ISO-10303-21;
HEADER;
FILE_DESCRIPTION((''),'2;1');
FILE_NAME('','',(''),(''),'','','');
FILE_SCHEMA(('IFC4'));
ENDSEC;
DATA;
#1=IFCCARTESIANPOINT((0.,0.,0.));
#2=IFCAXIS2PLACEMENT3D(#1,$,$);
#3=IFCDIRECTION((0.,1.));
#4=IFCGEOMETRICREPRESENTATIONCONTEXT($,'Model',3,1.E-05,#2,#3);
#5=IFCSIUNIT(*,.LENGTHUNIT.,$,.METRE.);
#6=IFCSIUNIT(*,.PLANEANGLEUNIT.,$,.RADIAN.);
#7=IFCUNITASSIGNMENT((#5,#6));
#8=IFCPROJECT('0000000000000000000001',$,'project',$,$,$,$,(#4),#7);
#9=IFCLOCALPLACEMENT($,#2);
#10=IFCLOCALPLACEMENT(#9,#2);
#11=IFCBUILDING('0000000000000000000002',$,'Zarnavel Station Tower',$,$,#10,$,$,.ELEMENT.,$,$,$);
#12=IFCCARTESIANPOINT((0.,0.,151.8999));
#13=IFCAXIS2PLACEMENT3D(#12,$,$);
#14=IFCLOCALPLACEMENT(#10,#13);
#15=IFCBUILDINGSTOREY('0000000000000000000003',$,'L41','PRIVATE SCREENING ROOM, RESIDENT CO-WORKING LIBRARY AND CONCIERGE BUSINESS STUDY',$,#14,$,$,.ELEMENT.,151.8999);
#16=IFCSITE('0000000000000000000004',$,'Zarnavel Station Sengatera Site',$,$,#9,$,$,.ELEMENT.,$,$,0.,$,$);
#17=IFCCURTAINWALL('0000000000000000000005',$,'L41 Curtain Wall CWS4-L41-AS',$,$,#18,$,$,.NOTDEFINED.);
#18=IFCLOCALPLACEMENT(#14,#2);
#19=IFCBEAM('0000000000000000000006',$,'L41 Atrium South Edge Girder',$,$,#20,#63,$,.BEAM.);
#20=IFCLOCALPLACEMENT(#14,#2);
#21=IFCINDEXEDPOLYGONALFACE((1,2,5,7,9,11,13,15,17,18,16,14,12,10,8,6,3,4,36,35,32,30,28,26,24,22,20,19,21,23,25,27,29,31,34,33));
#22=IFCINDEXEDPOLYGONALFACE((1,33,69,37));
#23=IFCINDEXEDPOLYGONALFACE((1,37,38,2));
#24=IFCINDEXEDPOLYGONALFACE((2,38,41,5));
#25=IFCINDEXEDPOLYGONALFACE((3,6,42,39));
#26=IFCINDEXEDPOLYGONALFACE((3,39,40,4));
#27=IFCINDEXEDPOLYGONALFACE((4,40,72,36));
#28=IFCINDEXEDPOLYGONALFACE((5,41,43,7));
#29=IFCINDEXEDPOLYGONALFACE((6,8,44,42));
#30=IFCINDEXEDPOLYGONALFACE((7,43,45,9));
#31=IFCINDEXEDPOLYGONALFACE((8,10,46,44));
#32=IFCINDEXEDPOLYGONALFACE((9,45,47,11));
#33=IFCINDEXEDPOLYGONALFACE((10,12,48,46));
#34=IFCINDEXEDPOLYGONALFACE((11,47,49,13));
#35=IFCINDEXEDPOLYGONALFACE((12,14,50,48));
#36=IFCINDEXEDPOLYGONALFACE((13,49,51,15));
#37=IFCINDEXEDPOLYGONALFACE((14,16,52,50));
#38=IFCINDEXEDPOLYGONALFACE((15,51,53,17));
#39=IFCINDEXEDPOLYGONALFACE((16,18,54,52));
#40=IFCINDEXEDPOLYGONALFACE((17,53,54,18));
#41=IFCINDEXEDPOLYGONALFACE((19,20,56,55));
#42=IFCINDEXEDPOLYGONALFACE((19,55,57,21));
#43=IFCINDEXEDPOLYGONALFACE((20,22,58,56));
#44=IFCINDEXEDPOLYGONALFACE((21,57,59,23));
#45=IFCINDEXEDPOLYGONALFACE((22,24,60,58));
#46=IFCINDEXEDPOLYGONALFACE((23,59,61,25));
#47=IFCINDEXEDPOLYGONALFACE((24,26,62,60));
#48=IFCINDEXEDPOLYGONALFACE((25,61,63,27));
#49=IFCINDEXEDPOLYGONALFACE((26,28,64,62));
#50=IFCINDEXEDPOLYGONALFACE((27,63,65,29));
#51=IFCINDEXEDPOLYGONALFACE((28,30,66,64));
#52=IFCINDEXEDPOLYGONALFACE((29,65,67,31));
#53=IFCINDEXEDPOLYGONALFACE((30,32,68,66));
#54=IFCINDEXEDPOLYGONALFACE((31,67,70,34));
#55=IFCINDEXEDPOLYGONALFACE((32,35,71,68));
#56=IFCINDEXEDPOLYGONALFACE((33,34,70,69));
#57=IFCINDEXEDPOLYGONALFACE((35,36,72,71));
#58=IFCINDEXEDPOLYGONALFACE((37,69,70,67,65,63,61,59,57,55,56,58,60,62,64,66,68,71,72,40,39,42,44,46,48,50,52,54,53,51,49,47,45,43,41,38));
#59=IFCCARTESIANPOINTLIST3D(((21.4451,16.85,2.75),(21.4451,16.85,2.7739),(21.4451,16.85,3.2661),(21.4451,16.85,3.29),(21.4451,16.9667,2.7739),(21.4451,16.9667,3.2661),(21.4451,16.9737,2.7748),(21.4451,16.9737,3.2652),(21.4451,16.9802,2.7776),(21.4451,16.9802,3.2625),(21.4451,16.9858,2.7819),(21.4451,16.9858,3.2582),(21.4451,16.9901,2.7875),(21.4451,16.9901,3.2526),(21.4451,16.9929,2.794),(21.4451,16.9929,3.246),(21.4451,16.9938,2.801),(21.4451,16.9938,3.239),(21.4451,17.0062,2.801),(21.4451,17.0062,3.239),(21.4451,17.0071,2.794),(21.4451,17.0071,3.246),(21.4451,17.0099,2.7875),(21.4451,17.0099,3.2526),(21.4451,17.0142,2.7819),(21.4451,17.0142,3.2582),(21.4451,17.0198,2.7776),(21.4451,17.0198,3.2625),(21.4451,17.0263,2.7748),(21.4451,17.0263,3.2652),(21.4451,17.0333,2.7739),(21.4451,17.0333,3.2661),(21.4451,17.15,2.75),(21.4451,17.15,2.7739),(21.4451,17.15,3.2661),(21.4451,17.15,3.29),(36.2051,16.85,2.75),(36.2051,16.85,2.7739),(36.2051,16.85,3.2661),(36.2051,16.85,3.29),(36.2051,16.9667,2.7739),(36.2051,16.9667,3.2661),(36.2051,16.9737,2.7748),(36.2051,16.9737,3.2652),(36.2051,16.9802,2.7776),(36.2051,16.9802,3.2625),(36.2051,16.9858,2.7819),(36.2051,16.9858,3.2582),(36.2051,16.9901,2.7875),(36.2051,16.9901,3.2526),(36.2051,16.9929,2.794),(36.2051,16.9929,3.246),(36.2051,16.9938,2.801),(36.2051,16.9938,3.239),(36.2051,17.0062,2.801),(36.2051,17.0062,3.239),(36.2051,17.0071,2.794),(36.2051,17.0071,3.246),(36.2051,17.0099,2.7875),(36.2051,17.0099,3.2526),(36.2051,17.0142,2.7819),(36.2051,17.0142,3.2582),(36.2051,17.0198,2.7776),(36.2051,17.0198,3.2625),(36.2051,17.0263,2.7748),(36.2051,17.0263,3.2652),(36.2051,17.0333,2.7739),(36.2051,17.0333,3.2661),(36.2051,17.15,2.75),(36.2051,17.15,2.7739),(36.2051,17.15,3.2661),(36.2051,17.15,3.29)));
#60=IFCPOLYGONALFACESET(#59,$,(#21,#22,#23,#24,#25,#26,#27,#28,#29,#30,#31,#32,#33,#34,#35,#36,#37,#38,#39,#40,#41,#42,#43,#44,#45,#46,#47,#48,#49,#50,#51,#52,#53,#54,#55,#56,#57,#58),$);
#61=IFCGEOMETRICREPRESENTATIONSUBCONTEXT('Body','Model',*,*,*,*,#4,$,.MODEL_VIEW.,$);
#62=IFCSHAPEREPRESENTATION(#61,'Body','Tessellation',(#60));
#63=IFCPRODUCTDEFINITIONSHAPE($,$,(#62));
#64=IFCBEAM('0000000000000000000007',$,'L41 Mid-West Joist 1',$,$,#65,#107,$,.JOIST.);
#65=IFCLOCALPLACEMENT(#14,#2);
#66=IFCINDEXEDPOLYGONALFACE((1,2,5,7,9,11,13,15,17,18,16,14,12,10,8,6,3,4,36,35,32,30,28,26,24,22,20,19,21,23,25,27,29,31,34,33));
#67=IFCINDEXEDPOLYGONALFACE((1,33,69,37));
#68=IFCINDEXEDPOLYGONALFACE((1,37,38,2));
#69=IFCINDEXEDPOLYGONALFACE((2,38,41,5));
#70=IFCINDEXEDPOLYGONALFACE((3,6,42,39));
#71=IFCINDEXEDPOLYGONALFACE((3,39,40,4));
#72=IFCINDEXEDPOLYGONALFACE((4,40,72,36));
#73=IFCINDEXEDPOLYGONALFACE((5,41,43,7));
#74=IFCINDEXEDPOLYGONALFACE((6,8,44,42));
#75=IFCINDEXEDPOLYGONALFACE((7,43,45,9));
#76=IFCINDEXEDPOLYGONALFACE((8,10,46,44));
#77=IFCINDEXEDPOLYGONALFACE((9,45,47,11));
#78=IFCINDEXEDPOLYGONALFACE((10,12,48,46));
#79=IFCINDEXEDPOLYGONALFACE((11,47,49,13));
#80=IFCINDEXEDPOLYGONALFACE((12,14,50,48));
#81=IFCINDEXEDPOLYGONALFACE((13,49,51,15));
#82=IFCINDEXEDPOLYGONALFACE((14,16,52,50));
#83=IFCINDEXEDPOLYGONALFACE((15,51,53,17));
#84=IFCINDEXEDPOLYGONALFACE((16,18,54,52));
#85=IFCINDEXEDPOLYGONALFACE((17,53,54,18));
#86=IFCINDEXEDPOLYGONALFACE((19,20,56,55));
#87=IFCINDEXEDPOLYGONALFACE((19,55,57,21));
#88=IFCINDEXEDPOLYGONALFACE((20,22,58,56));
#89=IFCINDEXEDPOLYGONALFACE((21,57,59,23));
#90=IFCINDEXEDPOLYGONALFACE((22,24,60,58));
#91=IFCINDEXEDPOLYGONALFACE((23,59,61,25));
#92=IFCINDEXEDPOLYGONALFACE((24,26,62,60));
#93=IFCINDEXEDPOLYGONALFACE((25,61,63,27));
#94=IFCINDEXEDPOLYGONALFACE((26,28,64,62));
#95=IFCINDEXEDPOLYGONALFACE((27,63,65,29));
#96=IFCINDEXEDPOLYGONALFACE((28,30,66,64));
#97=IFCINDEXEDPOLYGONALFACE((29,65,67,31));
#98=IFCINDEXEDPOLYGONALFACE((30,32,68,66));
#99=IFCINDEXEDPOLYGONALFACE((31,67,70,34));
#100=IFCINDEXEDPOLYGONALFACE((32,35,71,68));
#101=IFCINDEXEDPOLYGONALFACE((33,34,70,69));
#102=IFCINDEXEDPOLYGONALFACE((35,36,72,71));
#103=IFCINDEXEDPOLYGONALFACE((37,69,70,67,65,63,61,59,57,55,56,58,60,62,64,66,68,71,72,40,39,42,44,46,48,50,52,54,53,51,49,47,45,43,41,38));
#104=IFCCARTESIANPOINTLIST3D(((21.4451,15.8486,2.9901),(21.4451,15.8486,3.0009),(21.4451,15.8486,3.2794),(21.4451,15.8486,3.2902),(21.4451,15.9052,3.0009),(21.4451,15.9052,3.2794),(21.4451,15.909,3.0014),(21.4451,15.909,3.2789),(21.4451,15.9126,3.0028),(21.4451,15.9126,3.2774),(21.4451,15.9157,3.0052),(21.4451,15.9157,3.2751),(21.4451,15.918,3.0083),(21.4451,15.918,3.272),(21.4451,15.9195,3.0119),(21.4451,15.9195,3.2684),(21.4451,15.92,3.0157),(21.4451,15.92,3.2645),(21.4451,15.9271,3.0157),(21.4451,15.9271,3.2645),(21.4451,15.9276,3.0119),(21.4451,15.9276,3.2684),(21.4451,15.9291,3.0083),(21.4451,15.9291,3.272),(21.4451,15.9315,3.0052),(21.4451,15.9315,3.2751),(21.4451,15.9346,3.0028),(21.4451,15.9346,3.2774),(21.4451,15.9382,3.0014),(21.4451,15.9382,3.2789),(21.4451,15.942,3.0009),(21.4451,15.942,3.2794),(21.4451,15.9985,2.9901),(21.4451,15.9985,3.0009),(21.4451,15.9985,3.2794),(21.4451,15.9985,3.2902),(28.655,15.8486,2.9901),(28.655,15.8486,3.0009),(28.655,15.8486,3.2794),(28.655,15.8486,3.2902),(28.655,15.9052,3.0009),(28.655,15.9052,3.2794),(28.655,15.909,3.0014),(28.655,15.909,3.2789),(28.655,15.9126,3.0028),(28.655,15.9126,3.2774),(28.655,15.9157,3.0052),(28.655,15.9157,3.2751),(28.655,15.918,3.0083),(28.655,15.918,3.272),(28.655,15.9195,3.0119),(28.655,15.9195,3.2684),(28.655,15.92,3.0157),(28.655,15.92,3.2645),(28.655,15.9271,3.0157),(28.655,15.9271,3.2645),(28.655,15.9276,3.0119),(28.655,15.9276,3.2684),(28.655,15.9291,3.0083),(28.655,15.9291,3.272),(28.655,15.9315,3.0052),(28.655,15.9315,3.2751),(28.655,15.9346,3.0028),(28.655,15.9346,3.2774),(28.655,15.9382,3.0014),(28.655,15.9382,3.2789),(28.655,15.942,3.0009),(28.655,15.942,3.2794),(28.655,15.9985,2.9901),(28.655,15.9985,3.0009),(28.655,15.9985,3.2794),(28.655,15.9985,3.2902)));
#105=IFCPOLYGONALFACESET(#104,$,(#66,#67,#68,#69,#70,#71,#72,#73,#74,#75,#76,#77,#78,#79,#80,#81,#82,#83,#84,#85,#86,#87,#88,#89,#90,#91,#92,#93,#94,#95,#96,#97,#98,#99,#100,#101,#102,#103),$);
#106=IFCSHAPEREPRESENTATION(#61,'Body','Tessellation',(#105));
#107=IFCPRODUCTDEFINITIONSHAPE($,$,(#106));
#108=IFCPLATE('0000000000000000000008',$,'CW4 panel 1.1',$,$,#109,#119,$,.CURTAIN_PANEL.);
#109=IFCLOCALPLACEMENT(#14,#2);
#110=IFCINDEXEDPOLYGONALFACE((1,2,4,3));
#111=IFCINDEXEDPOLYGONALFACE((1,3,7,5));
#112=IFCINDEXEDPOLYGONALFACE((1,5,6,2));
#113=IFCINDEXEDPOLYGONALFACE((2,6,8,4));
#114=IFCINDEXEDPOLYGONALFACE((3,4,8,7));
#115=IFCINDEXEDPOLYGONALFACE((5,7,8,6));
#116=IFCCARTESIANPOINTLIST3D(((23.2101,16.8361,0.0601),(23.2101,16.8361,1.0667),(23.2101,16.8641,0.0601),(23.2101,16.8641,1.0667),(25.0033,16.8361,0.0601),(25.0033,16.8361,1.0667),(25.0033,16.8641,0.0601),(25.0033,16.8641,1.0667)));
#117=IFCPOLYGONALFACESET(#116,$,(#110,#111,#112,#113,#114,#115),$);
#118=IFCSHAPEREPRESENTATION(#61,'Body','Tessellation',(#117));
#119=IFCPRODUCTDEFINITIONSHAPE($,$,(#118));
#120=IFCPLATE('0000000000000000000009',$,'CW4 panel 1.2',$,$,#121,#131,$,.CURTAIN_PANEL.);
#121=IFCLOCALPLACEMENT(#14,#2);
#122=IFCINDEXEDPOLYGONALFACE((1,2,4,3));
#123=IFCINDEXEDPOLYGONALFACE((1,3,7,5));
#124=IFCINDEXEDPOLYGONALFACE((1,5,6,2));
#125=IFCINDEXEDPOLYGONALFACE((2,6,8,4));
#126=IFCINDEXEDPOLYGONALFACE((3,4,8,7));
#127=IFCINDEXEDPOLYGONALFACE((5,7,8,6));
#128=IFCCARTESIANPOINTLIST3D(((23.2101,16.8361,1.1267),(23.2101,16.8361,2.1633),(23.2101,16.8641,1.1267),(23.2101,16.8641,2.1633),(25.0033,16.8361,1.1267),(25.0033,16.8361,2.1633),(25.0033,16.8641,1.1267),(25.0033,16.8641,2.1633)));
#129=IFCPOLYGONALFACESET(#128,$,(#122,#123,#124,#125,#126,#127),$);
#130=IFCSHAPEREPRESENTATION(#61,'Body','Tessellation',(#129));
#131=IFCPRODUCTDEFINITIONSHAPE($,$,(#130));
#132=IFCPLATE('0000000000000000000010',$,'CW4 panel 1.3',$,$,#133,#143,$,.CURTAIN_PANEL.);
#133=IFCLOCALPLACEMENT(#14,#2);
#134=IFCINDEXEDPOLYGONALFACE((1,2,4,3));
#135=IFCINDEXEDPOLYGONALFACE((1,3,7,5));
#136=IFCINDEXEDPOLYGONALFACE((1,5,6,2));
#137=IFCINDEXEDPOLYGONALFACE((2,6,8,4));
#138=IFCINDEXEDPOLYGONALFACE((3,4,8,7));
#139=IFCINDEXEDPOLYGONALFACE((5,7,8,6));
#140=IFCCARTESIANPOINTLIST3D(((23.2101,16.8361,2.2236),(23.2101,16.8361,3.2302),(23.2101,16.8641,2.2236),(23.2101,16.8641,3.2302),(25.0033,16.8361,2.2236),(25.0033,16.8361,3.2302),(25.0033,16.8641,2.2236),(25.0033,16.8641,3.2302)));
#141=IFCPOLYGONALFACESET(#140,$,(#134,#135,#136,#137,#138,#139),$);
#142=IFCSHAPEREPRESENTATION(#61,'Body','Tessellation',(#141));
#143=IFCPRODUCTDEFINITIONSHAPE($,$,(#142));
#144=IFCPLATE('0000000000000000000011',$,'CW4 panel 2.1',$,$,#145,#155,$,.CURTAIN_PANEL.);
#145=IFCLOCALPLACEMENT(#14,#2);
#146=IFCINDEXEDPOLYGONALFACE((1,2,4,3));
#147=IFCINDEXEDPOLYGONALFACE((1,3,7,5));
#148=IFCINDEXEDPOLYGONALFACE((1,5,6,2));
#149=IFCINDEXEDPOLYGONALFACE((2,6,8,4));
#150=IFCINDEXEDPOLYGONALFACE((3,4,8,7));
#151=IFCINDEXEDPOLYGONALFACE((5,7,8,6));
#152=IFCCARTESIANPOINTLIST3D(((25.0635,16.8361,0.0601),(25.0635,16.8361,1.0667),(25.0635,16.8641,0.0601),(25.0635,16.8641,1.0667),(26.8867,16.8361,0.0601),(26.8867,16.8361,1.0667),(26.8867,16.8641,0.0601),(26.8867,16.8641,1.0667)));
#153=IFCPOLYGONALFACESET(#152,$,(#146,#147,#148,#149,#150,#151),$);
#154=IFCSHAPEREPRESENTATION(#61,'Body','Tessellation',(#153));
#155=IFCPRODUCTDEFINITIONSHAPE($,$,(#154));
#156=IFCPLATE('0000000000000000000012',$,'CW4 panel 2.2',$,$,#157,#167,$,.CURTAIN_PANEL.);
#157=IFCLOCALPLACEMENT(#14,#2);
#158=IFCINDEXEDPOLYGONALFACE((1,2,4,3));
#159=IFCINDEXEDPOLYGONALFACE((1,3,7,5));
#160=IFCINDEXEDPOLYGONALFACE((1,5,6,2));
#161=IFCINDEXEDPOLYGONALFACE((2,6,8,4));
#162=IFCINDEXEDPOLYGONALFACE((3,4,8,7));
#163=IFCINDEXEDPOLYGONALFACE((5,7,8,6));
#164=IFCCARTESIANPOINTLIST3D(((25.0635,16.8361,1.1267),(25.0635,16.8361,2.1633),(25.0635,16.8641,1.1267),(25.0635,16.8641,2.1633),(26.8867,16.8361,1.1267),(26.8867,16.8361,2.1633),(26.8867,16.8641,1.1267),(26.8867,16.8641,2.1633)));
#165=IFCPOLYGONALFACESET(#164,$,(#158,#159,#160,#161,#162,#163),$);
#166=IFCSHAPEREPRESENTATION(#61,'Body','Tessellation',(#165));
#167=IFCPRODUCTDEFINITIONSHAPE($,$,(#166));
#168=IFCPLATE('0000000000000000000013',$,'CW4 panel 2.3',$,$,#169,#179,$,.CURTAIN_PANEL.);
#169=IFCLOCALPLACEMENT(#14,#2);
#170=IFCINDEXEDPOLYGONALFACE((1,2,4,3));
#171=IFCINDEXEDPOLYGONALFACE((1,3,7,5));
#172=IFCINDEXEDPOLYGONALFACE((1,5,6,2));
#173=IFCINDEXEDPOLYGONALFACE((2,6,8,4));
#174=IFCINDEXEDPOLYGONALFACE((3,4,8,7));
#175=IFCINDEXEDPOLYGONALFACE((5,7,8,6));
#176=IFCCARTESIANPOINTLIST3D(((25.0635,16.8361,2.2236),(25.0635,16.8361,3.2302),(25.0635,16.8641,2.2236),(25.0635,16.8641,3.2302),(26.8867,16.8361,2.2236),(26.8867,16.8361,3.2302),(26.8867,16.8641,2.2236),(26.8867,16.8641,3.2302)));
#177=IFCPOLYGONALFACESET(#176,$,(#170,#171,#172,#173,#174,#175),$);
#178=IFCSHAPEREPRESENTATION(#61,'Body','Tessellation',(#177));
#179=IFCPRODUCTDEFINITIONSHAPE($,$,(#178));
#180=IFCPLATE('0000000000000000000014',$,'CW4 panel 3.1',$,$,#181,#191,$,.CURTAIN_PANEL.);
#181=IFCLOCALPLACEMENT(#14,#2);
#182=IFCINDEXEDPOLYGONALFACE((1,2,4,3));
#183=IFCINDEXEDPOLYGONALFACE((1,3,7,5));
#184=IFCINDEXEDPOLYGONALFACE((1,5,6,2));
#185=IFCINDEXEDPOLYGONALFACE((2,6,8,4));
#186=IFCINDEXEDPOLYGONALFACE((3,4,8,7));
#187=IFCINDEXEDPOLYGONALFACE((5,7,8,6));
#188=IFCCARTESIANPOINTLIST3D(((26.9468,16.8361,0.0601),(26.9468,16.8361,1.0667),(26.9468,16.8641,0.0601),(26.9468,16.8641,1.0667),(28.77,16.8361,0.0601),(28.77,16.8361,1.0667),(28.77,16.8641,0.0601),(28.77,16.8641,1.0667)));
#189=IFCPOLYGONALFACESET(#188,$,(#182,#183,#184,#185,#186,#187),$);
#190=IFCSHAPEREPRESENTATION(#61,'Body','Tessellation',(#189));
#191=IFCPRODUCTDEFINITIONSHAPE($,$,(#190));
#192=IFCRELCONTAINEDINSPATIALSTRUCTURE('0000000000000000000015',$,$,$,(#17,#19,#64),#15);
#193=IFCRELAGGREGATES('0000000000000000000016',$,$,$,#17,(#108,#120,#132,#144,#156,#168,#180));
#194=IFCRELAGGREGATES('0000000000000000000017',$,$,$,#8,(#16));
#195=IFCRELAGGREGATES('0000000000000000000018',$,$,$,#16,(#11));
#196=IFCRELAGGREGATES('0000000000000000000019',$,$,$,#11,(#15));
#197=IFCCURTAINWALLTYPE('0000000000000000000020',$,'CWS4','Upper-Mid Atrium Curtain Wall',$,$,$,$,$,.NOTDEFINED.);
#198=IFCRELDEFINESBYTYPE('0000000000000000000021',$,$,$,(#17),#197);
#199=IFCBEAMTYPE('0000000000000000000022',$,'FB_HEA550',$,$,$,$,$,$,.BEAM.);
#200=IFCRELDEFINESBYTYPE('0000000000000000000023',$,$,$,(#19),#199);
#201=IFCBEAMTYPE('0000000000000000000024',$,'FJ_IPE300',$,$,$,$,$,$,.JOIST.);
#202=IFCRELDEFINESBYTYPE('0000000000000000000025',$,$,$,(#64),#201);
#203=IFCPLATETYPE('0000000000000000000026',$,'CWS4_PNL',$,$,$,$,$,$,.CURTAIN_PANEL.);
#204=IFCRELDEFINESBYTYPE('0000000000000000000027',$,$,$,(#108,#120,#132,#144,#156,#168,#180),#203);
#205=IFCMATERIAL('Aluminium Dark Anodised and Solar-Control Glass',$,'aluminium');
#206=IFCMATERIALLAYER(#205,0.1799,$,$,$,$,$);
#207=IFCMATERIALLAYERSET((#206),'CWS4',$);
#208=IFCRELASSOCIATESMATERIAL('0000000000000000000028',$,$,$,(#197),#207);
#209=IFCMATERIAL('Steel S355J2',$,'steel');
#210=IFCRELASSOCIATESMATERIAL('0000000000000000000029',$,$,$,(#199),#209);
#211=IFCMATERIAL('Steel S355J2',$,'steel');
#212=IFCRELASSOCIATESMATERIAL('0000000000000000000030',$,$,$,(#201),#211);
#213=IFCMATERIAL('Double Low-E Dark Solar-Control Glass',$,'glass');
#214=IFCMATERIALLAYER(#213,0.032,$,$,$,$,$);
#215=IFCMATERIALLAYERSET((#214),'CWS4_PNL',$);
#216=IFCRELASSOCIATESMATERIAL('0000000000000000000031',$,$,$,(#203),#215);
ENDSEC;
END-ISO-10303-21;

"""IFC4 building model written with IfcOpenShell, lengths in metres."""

from ifc_helpers import new_model, si_unit, direction, frame, origin, origin_2d, place, context, subcontext, project, spatial, rectangle, i_section, extrude, material, layer, layer_set, material_profile, profile_set, type_object, element, aggregate, save


model = new_model("IFC4")

# Units and contexts
model_context = context("Model", 3, precision=1e-05, world=origin(), true_north=direction((0.0, 1.0)))
body_context = subcontext(model_context, "Body", "Model", "MODEL_VIEW")
ifc_project = project(units=[si_unit("LENGTHUNIT", "METRE"), si_unit("PLANEANGLEUNIT", "RADIAN")], contexts=[model_context])

# Site, building, storey
site_placement = place(None, origin())
site = spatial("IfcSite", under=ifc_project, at=site_placement, Name="Zarnavel Station Sengatera Site", CompositionType="ELEMENT", RefElevation=0.0)
building_placement = place(site_placement, origin())
building = spatial("IfcBuilding", under=site, at=building_placement, Name="Zarnavel Station Tower", CompositionType="ELEMENT")
storey_placement = place(building_placement, frame((0.0, 0.0, 151.8999)))
storey = spatial("IfcBuildingStorey", under=building, at=storey_placement, Name="L41", Description="PRIVATE SCREENING ROOM, RESIDENT CO-WORKING LIBRARY AND CONCIERGE BUSINESS STUDY", CompositionType="ELEMENT", Elevation=151.8999)

# Curtain wall
ifc_material_1 = material(Name="Aluminium Dark Anodised and Solar-Control Glass", Category="aluminium")
ifc_layer_1 = layer(ifc_material_1, 0.1799)
ifc_layer_set_1 = layer_set([ifc_layer_1], Name="CWS4")
curtain_wall_type = type_object("IfcCurtainWallType", Name="CWS4", Description="Upper-Mid Atrium Curtain Wall", PredefinedType="NOTDEFINED", material=ifc_layer_set_1)
curtain_wall_placement = place(storey_placement, origin())
curtain_wall = element("IfcCurtainWall", 1, at=curtain_wall_placement, inside=storey, type_object=curtain_wall_type, Name="L41 Curtain Wall CWS4-L41-AS", PredefinedType="NOTDEFINED")

# Beams
ifc_material_2 = material(Name="Steel S355J2", Category="steel")
ifc_material_profile_1 = material_profile(ifc_material_2, i_section(OverallWidth=0.3, OverallDepth=0.54, WebThickness=0.0125, FlangeThickness=0.0239, FilletRadius=0.0271, at=origin_2d()), Name="HEA550")
ifc_profile_set_1 = profile_set([ifc_material_profile_1], Name="Steel S355J2")
beam_type_1 = type_object("IfcBeamType", Name="FB_HEA550", PredefinedType="BEAM", material=ifc_profile_set_1)
beam_1_placement = place(storey_placement, frame((21.4451, 17.0, 3.02), z_axis=(1.0, 0.0, 0.0), x_axis=(0.0, 1.0, 0.0)))
element("IfcBeam", 2, at=beam_1_placement, inside=storey, type_object=beam_type_1, Name="L41 Atrium South Edge Girder", PredefinedType="BEAM", context=body_context, shape_type="SweptSolid", body=[
    extrude(i_section(OverallWidth=0.3, OverallDepth=0.54, WebThickness=0.0125, FlangeThickness=0.0239, FilletRadius=0.0271, at=origin_2d()), origin(), (0.0, 0.0, 1.0), 14.76),
])
ifc_material_3 = material(Name="Steel S355J2", Category="steel")
ifc_material_profile_2 = material_profile(ifc_material_3, i_section(OverallWidth=0.1499, OverallDepth=0.3, WebThickness=0.0071, FlangeThickness=0.0107, FilletRadius=0.0149, at=origin_2d()), Name="IPE300")
ifc_profile_set_2 = profile_set([ifc_material_profile_2], Name="Steel S355J2")
beam_type_2 = type_object("IfcBeamType", Name="FJ_IPE300", PredefinedType="JOIST", material=ifc_profile_set_2)
beam_2_placement = place(storey_placement, frame((21.4451, 15.9236, 3.1401), z_axis=(1.0, 0.0, 0.0), x_axis=(0.0, 1.0, 0.0)))
element("IfcBeam", 3, at=beam_2_placement, inside=storey, type_object=beam_type_2, Name="L41 Mid-West Joist 1", PredefinedType="JOIST", context=body_context, shape_type="SweptSolid", body=[
    extrude(i_section(OverallWidth=0.1499, OverallDepth=0.3, WebThickness=0.0071, FlangeThickness=0.0107, FilletRadius=0.0149, at=origin_2d()), origin(), (0.0, 0.0, 1.0), 7.21),
])

# Plates
ifc_material_4 = material(Name="Double Low-E Dark Solar-Control Glass", Category="glass")
ifc_layer_2 = layer(ifc_material_4, 0.032)
ifc_layer_set_2 = layer_set([ifc_layer_2], Name="CWS4_PNL")
plate_type_1 = type_object("IfcPlateType", Name="CWS4_PNL", PredefinedType="CURTAIN_PANEL", material=ifc_layer_set_2)
plate_1_placement = place(storey_placement, frame((24.1067, 16.8501, 0.0601), z_axis=(0.0, 0.0, 1.0), x_axis=(1.0, 0.0, 0.0)))
plate_1 = element("IfcPlate", 4, at=plate_1_placement, type_object=plate_type_1, Name="CW4 panel 1.1", PredefinedType="CURTAIN_PANEL", context=body_context, shape_type="SweptSolid", body=[
    extrude(rectangle(XDim=1.7932, YDim=0.0281, at=origin_2d()), origin(), (0.0, 0.0, 1.0), 1.0066),
])
plate_2_placement = place(storey_placement, frame((24.1067, 16.8501, 1.1267), z_axis=(0.0, 0.0, 1.0), x_axis=(1.0, 0.0, 0.0)))
plate_2 = element("IfcPlate", 5, at=plate_2_placement, type_object=plate_type_1, Name="CW4 panel 1.2", PredefinedType="CURTAIN_PANEL", context=body_context, shape_type="SweptSolid", body=[
    extrude(rectangle(XDim=1.7932, YDim=0.0281, at=origin_2d()), origin(), (0.0, 0.0, 1.0), 1.0366),
])
plate_3_placement = place(storey_placement, frame((24.1067, 16.8501, 2.2236), z_axis=(0.0, 0.0, 1.0), x_axis=(1.0, 0.0, 0.0)))
plate_3 = element("IfcPlate", 6, at=plate_3_placement, type_object=plate_type_1, Name="CW4 panel 1.3", PredefinedType="CURTAIN_PANEL", context=body_context, shape_type="SweptSolid", body=[
    extrude(rectangle(XDim=1.7932, YDim=0.0281, at=origin_2d()), origin(), (0.0, 0.0, 1.0), 1.0066),
])
plate_4_placement = place(storey_placement, frame((25.9751, 16.8501, 0.0601), z_axis=(0.0, 0.0, 1.0), x_axis=(1.0, 0.0, 0.0)))
plate_4 = element("IfcPlate", 7, at=plate_4_placement, type_object=plate_type_1, Name="CW4 panel 2.1", PredefinedType="CURTAIN_PANEL", context=body_context, shape_type="SweptSolid", body=[
    extrude(rectangle(XDim=1.8232, YDim=0.0281, at=origin_2d()), origin(), (0.0, 0.0, 1.0), 1.0066),
])
plate_5_placement = place(storey_placement, frame((25.9751, 16.8501, 1.1267), z_axis=(0.0, 0.0, 1.0), x_axis=(1.0, 0.0, 0.0)))
plate_5 = element("IfcPlate", 8, at=plate_5_placement, type_object=plate_type_1, Name="CW4 panel 2.2", PredefinedType="CURTAIN_PANEL", context=body_context, shape_type="SweptSolid", body=[
    extrude(rectangle(XDim=1.8232, YDim=0.0281, at=origin_2d()), origin(), (0.0, 0.0, 1.0), 1.0366),
])
plate_6_placement = place(storey_placement, frame((25.9751, 16.8501, 2.2236), z_axis=(0.0, 0.0, 1.0), x_axis=(1.0, 0.0, 0.0)))
plate_6 = element("IfcPlate", 9, at=plate_6_placement, type_object=plate_type_1, Name="CW4 panel 2.3", PredefinedType="CURTAIN_PANEL", context=body_context, shape_type="SweptSolid", body=[
    extrude(rectangle(XDim=1.8232, YDim=0.0281, at=origin_2d()), origin(), (0.0, 0.0, 1.0), 1.0066),
])
plate_7_placement = place(storey_placement, frame((27.8584, 16.8501, 0.0601), z_axis=(0.0, 0.0, 1.0), x_axis=(1.0, 0.0, 0.0)))
plate_7 = element("IfcPlate", 10, at=plate_7_placement, type_object=plate_type_1, Name="CW4 panel 3.1", PredefinedType="CURTAIN_PANEL", context=body_context, shape_type="SweptSolid", body=[
    extrude(rectangle(XDim=1.8232, YDim=0.0281, at=origin_2d()), origin(), (0.0, 0.0, 1.0), 1.0066),
])
aggregate(curtain_wall, [plate_1, plate_2, plate_3, plate_4, plate_5, plate_6, plate_7])

save(model, "model.ifc")
